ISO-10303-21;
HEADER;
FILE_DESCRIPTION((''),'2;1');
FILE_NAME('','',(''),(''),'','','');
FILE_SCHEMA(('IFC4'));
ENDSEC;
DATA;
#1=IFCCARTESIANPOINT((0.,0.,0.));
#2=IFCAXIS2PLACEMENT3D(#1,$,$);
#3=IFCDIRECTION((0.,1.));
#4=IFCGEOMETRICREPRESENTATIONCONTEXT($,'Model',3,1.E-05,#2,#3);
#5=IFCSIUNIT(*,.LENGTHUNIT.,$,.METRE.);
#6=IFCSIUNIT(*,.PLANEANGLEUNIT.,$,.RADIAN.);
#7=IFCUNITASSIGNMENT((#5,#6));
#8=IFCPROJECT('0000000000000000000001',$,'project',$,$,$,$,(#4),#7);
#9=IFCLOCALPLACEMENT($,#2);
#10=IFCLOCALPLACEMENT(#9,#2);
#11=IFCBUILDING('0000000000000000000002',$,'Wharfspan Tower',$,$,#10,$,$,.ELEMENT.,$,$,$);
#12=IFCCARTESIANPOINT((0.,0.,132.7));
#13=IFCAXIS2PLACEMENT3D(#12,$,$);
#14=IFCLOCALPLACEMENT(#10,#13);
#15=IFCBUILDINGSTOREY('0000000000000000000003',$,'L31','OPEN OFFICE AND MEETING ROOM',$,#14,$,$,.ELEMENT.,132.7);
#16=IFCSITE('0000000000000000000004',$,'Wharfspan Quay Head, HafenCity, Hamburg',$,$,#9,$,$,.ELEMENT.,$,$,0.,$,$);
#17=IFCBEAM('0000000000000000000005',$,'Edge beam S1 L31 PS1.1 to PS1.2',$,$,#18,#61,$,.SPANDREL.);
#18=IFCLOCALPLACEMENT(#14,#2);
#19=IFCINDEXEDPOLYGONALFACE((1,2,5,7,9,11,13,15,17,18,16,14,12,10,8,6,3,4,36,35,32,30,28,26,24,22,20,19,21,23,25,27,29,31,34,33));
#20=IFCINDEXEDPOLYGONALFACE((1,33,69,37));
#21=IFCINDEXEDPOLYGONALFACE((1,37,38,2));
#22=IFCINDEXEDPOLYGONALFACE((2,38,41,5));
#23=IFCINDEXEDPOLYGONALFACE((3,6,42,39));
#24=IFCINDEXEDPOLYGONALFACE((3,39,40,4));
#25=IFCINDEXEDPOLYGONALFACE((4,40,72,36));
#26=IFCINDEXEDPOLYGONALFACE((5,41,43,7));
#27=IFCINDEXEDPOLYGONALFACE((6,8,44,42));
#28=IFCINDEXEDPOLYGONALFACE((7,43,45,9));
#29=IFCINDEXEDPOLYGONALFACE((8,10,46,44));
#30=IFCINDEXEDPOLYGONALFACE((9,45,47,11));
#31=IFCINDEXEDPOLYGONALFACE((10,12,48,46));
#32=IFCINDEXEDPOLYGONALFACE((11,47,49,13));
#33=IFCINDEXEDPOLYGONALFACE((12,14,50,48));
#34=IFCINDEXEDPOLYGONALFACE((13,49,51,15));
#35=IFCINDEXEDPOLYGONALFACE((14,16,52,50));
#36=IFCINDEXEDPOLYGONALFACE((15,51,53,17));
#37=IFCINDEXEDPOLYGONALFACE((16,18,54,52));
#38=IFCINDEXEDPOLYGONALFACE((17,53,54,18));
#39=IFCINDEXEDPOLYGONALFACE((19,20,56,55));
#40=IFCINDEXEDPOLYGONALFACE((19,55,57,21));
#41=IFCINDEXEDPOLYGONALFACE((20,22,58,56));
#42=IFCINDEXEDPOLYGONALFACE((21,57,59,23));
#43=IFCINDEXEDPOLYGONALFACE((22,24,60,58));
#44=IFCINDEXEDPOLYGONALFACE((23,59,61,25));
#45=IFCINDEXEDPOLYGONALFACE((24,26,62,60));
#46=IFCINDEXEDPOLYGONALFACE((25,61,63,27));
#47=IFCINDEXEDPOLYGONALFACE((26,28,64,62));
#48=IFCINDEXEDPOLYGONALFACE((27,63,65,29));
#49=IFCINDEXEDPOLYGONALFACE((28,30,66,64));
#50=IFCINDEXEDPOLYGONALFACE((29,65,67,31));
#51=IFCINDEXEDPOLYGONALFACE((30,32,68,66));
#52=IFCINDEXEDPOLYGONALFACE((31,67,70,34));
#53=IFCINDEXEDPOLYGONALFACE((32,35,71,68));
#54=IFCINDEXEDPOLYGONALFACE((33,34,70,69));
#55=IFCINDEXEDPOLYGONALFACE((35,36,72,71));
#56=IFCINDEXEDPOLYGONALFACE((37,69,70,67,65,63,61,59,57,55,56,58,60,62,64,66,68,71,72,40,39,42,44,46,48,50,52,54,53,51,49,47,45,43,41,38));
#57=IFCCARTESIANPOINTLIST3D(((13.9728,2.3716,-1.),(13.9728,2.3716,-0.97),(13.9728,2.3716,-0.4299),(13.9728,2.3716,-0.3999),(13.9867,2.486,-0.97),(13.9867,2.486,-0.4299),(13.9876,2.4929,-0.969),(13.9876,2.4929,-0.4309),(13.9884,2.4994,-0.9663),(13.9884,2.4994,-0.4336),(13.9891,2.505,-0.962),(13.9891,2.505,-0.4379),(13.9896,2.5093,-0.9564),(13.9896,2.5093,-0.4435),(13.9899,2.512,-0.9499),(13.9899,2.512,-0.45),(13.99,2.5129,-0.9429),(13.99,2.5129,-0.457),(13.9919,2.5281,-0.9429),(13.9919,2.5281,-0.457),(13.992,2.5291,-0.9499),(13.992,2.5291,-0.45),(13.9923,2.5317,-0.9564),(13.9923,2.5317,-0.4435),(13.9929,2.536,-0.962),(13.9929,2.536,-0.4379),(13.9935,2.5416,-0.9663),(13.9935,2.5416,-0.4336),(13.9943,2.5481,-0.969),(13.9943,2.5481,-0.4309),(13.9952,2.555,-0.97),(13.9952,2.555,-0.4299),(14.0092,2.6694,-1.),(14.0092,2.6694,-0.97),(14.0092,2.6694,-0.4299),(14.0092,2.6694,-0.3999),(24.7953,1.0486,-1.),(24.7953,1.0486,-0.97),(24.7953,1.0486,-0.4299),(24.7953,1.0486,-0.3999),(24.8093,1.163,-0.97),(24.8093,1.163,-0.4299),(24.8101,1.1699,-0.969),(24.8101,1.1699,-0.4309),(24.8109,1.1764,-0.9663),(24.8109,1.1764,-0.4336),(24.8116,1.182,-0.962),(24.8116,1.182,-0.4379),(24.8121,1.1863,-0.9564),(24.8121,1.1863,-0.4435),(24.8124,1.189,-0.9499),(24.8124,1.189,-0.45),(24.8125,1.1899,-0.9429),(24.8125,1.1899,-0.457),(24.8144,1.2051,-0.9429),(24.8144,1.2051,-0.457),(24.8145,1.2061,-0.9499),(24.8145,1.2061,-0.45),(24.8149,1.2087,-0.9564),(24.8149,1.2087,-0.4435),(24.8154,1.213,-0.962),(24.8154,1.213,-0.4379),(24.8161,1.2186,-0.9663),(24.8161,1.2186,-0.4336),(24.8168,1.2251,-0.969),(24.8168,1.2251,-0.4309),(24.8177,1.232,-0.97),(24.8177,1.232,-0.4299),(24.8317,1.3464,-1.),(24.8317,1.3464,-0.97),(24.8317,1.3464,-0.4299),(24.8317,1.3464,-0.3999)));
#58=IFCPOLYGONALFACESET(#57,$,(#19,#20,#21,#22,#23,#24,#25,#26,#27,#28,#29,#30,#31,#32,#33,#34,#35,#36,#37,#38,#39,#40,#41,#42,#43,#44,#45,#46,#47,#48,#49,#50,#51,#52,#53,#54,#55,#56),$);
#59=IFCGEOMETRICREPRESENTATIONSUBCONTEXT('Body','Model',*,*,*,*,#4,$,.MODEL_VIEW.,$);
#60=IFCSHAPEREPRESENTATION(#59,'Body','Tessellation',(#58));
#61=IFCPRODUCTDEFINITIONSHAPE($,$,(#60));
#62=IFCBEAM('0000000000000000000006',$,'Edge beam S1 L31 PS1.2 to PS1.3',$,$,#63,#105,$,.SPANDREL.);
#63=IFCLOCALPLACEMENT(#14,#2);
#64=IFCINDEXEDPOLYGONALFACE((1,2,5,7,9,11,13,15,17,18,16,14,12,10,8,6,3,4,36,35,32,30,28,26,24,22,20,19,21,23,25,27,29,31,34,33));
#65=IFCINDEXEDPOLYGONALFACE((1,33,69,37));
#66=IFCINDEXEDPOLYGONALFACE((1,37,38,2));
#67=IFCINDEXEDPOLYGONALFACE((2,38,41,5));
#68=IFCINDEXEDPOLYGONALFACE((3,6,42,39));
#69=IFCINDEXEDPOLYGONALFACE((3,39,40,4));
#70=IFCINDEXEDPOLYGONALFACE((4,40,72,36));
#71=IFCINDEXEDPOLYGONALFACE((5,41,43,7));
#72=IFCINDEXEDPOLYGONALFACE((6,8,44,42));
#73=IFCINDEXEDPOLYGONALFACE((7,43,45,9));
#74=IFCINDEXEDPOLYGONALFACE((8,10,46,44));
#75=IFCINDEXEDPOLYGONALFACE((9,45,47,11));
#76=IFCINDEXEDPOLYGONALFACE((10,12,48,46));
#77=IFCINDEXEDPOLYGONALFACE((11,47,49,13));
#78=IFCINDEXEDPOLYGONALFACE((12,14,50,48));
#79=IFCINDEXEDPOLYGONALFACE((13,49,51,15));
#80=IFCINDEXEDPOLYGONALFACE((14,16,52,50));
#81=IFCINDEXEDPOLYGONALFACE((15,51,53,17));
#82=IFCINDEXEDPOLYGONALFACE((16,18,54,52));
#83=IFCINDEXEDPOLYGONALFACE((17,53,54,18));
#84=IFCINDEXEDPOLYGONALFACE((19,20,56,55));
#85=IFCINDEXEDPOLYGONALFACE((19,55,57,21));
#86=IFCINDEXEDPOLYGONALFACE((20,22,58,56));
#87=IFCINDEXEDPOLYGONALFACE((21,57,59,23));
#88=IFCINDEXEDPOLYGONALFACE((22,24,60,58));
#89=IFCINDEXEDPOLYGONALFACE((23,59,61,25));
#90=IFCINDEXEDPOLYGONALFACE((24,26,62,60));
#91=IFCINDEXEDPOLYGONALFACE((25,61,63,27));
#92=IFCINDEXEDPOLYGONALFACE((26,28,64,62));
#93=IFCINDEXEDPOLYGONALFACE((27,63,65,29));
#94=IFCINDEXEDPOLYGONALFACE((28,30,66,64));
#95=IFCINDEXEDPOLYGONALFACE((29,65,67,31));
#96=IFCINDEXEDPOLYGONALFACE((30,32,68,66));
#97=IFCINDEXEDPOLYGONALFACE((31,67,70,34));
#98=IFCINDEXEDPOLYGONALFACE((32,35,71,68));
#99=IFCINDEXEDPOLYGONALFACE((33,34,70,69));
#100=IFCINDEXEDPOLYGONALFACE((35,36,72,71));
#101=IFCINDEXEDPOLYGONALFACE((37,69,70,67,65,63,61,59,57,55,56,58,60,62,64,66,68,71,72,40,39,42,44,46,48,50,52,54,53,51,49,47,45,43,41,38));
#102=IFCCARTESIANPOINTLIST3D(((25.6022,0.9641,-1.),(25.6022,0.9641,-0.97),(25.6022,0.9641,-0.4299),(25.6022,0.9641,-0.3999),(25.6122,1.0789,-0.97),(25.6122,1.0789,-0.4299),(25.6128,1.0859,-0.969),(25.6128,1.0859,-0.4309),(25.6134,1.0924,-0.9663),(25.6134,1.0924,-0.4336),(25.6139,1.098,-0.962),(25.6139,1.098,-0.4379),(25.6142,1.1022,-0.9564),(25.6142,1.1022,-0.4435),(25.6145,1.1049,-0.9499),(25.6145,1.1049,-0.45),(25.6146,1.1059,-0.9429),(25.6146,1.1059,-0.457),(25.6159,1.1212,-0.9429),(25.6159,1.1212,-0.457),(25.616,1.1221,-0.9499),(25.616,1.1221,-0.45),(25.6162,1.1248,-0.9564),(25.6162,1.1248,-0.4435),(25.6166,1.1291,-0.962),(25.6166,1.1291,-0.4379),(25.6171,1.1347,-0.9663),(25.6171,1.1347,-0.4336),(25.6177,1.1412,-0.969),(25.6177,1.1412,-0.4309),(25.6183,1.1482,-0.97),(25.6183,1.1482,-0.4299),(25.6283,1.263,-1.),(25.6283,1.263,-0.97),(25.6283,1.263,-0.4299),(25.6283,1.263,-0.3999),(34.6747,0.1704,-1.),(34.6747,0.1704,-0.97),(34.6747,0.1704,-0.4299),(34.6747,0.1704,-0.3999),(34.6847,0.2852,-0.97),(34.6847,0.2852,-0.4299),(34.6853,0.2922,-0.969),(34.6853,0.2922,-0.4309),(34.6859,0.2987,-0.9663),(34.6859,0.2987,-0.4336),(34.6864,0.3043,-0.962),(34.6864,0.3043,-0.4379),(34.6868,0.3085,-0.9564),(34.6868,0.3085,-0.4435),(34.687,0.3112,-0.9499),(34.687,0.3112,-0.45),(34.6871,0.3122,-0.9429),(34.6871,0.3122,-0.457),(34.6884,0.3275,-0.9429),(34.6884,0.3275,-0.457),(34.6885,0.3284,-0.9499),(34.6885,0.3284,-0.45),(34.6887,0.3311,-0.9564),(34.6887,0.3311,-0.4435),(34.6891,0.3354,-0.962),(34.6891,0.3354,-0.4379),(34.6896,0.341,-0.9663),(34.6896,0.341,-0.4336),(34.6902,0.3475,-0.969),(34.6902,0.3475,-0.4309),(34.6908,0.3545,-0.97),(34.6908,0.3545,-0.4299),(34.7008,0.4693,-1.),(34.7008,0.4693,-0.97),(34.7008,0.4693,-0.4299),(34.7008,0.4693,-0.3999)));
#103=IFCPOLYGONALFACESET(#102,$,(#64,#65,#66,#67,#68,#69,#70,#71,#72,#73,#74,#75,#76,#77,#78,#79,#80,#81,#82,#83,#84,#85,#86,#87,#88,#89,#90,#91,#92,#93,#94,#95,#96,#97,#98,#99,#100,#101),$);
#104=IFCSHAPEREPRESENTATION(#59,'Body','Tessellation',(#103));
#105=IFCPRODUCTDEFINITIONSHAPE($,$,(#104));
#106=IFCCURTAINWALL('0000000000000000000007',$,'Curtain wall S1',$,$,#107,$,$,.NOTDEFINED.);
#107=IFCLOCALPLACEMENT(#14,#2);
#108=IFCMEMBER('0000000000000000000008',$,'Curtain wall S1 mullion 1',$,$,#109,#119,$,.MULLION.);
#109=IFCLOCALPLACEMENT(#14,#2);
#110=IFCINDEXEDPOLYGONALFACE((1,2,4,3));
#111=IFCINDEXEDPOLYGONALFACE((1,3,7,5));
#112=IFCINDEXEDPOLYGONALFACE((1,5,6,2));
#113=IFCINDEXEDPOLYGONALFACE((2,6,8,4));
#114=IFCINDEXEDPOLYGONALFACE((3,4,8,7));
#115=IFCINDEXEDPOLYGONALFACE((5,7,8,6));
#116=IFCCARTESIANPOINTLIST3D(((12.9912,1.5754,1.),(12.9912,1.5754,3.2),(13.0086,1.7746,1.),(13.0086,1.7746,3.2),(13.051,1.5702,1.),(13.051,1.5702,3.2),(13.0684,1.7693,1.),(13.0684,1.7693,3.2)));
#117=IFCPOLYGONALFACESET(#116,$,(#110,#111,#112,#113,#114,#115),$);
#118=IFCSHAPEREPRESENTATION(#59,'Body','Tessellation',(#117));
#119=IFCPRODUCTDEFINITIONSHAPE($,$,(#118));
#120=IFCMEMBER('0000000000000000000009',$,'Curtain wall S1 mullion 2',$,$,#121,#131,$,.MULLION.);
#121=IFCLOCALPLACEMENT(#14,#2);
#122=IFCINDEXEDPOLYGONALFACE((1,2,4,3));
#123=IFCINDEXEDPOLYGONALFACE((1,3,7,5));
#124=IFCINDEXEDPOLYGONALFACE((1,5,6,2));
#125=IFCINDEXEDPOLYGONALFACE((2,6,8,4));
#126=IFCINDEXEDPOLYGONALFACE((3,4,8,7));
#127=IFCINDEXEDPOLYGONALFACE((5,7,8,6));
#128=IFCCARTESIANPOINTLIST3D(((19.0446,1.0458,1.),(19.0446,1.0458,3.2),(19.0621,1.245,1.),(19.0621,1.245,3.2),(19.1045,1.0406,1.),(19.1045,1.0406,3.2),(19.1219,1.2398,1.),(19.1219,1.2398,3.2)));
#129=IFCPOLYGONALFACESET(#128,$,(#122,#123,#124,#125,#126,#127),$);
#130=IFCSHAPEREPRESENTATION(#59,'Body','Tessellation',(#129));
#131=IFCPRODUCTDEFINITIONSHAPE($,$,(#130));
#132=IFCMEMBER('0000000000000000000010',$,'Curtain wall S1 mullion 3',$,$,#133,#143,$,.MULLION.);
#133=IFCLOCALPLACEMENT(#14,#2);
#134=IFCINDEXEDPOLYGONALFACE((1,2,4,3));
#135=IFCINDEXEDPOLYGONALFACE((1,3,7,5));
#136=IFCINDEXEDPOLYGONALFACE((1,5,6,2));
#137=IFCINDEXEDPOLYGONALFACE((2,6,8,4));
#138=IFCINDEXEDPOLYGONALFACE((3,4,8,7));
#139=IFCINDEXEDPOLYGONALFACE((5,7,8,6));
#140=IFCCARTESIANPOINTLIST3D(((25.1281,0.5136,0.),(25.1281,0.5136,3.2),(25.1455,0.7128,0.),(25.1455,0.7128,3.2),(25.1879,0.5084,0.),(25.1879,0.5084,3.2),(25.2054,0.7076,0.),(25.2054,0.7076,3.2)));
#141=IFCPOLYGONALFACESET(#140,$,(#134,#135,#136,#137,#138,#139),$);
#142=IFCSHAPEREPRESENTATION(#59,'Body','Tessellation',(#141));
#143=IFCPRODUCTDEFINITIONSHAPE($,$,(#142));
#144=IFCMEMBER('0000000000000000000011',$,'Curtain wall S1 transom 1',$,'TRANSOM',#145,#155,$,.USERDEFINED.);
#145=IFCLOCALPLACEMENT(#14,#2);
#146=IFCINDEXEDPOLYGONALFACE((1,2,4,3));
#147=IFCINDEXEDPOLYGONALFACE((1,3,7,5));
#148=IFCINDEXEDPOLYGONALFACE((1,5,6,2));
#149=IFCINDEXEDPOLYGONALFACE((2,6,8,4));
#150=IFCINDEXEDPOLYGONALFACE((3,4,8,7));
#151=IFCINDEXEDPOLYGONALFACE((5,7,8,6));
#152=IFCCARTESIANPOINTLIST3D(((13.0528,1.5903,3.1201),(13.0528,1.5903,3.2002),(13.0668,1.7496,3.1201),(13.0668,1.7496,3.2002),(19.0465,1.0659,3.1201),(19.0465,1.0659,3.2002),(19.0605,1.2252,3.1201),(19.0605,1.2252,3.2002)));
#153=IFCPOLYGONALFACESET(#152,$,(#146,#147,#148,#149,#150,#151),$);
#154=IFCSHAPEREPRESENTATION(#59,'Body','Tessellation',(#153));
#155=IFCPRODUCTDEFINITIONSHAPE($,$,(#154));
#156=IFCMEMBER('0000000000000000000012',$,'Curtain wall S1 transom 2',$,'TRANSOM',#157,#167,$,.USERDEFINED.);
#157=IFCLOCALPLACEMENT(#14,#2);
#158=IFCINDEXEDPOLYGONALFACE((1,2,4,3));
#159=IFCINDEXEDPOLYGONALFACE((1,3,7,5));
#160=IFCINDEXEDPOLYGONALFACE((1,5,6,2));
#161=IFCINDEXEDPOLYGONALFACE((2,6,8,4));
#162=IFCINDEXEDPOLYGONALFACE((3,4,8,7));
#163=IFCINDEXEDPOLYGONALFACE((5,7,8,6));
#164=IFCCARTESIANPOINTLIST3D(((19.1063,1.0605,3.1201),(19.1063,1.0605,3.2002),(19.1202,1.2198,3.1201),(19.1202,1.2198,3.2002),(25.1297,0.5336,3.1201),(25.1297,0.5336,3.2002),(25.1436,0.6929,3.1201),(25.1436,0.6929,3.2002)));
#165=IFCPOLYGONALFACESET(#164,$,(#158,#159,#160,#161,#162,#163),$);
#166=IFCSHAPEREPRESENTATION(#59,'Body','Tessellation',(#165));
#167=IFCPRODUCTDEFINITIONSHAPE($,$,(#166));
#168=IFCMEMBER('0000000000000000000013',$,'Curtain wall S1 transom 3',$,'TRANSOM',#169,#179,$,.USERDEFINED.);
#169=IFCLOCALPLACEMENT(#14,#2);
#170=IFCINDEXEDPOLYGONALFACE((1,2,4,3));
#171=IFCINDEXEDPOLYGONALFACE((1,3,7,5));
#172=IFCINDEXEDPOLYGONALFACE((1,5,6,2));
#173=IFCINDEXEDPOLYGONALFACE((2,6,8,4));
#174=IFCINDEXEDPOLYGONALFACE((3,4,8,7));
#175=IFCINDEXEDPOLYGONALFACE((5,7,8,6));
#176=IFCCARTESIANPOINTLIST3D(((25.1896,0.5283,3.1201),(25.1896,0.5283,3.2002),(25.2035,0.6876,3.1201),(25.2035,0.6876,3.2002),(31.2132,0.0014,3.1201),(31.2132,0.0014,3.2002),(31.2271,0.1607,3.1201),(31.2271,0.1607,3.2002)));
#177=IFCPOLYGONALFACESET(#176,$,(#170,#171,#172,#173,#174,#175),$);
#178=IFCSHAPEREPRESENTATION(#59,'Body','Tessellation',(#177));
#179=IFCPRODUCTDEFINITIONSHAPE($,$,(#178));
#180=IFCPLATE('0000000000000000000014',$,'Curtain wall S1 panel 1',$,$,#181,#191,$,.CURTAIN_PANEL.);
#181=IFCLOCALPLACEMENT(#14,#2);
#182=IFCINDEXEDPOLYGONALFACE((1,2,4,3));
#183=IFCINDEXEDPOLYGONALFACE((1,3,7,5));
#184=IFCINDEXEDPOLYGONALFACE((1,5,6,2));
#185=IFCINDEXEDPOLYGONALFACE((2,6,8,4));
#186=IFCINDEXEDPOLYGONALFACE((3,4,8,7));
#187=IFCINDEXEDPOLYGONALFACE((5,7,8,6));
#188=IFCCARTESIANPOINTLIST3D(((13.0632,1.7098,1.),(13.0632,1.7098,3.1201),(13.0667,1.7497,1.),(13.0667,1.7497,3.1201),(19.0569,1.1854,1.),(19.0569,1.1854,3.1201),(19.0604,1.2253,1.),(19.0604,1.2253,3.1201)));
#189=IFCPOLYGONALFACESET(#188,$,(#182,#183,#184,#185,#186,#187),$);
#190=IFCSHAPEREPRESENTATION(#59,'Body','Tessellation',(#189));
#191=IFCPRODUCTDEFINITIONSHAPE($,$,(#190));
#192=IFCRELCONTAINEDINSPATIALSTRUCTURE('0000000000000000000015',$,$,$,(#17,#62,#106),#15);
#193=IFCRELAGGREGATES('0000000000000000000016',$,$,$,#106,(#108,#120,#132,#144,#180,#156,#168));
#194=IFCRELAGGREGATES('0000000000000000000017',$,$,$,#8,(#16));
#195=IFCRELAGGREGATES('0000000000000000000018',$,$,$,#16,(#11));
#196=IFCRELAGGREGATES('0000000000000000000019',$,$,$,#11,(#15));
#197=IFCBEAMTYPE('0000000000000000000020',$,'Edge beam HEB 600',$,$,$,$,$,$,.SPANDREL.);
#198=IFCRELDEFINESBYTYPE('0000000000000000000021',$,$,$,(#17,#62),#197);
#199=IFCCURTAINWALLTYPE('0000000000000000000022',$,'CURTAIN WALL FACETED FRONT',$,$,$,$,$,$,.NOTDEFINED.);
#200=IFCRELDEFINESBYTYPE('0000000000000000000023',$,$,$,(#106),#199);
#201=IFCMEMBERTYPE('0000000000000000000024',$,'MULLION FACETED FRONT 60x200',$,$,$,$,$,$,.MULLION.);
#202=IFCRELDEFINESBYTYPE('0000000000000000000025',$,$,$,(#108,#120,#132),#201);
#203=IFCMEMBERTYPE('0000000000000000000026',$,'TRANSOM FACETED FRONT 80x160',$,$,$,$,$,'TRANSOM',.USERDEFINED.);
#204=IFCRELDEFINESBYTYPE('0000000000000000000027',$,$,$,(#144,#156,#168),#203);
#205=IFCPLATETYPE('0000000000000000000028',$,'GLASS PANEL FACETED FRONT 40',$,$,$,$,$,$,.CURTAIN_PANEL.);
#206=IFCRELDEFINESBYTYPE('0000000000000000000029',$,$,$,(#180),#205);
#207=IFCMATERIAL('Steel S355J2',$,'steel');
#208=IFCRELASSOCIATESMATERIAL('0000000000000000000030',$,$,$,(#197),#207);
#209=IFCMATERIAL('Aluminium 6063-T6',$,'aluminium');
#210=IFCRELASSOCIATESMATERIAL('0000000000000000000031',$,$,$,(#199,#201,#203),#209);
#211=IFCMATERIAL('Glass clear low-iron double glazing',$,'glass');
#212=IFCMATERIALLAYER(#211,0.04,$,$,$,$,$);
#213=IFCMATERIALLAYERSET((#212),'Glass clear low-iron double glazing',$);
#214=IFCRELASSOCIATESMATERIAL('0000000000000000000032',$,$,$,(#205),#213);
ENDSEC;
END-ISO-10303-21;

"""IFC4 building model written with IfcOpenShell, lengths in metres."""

from ifc_helpers import new_model, si_unit, direction, frame, origin, origin_2d, place, context, subcontext, project, spatial, rectangle, i_section, extrude, material, layer, layer_set, material_profile, profile_set, type_object, element, aggregate, save


model = new_model("IFC4")

# Units and contexts
model_context = context("Model", 3, precision=1e-05, world=origin(), true_north=direction((0.0, 1.0)))
body_context = subcontext(model_context, "Body", "Model", "MODEL_VIEW")
ifc_project = project(units=[si_unit("LENGTHUNIT", "METRE"), si_unit("PLANEANGLEUNIT", "RADIAN")], contexts=[model_context])

# Site, building, storey
site_placement = place(None, origin())
site = spatial("IfcSite", under=ifc_project, at=site_placement, Name="Wharfspan Quay Head, HafenCity, Hamburg", CompositionType="ELEMENT", RefElevation=0.0)
building_placement = place(site_placement, origin())
building = spatial("IfcBuilding", under=site, at=building_placement, Name="Wharfspan Tower", CompositionType="ELEMENT")
storey_placement = place(building_placement, frame((0.0, 0.0, 132.7)))
storey = spatial("IfcBuildingStorey", under=building, at=storey_placement, Name="L31", Description="OPEN OFFICE AND MEETING ROOM", CompositionType="ELEMENT", Elevation=132.7)

# Shared definitions
ifc_material_1 = material(Name="Steel S355J2", Category="steel")

# Beams
ifc_material_profile_1 = material_profile(ifc_material_1, i_section(OverallWidth=0.3, OverallDepth=0.6001, WebThickness=0.0154, FlangeThickness=0.03, FilletRadius=0.0271, at=origin_2d()))
ifc_profile_set_1 = profile_set([ifc_material_profile_1], Name="Steel S355J2")
beam_type = type_object("IfcBeamType", Name="Edge beam HEB 600", PredefinedType="SPANDREL", material=ifc_profile_set_1)
beam_1_placement = place(storey_placement, frame((13.991, 2.5205, -0.7), z_axis=(0.992611, -0.121342, 0.0), x_axis=(0.121342, 0.992611, 0.0)))
element("IfcBeam", 1, at=beam_1_placement, inside=storey, type_object=beam_type, Name="Edge beam S1 L31 PS1.1 to PS1.2", PredefinedType="SPANDREL", context=body_context, shape_type="SweptSolid", body=[
    extrude(i_section(OverallWidth=0.3, OverallDepth=0.6001, WebThickness=0.0154, FlangeThickness=0.03, FilletRadius=0.0271, at=origin_2d()), origin(), (0.0, 0.0, 1.0), 10.9031),
])
beam_2_placement = place(storey_placement, frame((25.6152, 1.1135, -0.7), z_axis=(0.996195, -0.087151, 0.0), x_axis=(0.087151, 0.996195, 0.0)))
element("IfcBeam", 2, at=beam_2_placement, inside=storey, type_object=beam_type, Name="Edge beam S1 L31 PS1.2 to PS1.3", PredefinedType="SPANDREL", context=body_context, shape_type="SweptSolid", body=[
    extrude(i_section(OverallWidth=0.3, OverallDepth=0.6001, WebThickness=0.0154, FlangeThickness=0.03, FilletRadius=0.0271, at=origin_2d()), origin(), (0.0, 0.0, 1.0), 9.1072),
])

# Curtain wall, members, plate
ifc_material_2 = material(Name="Aluminium 6063-T6", Category="aluminium")
curtain_wall_type_1 = type_object("IfcCurtainWallType", Name="CURTAIN WALL FACETED FRONT", PredefinedType="NOTDEFINED", material=ifc_material_2)
curtain_wall_1_placement = place(storey_placement, origin())
curtain_wall_1 = element("IfcCurtainWall", 3, at=curtain_wall_1_placement, inside=storey, type_object=curtain_wall_type_1, Name="Curtain wall S1", PredefinedType="NOTDEFINED")
ifc_material_profile_2 = material_profile(ifc_material_2, rectangle(XDim=0.2, YDim=0.0601, at=origin_2d()))
ifc_profile_set_2 = profile_set([ifc_material_profile_2], Name="Aluminium 6063-T6")
member_type_1 = type_object("IfcMemberType", Name="MULLION FACETED FRONT 60x200", PredefinedType="MULLION", material=ifc_profile_set_2)
member_1_placement = place(storey_placement, frame((13.0298, 1.6724, 1.0), z_axis=(0.0, 0.0, 1.0), x_axis=(0.087156, 0.996198, 0.0)))
member_1 = element("IfcMember", 4, at=member_1_placement, type_object=member_type_1, Name="Curtain wall S1 mullion 1", PredefinedType="MULLION", context=body_context, shape_type="SweptSolid", body=[
    extrude(rectangle(XDim=0.2, YDim=0.0601, at=origin_2d()), origin(), (0.0, 0.0, 1.0), 2.2),
])
member_2_placement = place(storey_placement, frame((19.0833, 1.1428, 1.0), z_axis=(0.0, 0.0, 1.0), x_axis=(0.087156, 0.996198, 0.0)))
member_2 = element("IfcMember", 5, at=member_2_placement, type_object=member_type_1, Name="Curtain wall S1 mullion 2", PredefinedType="MULLION", context=body_context, shape_type="SweptSolid", body=[
    extrude(rectangle(XDim=0.2, YDim=0.0601, at=origin_2d()), origin(), (0.0, 0.0, 1.0), 2.2),
])
member_3_placement = place(storey_placement, frame((25.1667, 0.6106, 0.0), z_axis=(0.0, 0.0, 1.0), x_axis=(0.087156, 0.996198, 0.0)))
member_3 = element("IfcMember", 6, at=member_3_placement, type_object=member_type_1, Name="Curtain wall S1 mullion 3", PredefinedType="MULLION", context=body_context, shape_type="SweptSolid", body=[
    extrude(rectangle(XDim=0.2, YDim=0.0601, at=origin_2d()), origin(), (0.0, 0.0, 1.0), 3.2),
])
ifc_material_profile_3 = material_profile(ifc_material_2, rectangle(XDim=0.1599, YDim=0.0801, at=origin_2d()))
ifc_profile_set_3 = profile_set([ifc_material_profile_3], Name="Aluminium 6063-T6")
member_type_2 = type_object("IfcMemberType", Name="TRANSOM FACETED FRONT 80x160", ElementType="TRANSOM", PredefinedType="USERDEFINED", material=ifc_profile_set_3)
member_4_placement = place(storey_placement, frame((13.0598, 1.6699, 3.1602), z_axis=(0.996194, -0.087162, 0.0), x_axis=(0.087162, 0.996194, 0.0)))
member_4 = element("IfcMember", 7, at=member_4_placement, type_object=member_type_2, Name="Curtain wall S1 transom 1", ObjectType="TRANSOM", PredefinedType="USERDEFINED", context=body_context, shape_type="SweptSolid", body=[
    extrude(rectangle(XDim=0.1599, YDim=0.0801, at=origin_2d()), origin(), (0.0, 0.0, 1.0), 6.0166),
])
member_5_placement = place(storey_placement, frame((19.1133, 1.1401, 3.1602), z_axis=(0.996197, -0.087135, 0.0), x_axis=(0.087135, 0.996197, 0.0)))
member_5 = element("IfcMember", 8, at=member_5_placement, type_object=member_type_2, Name="Curtain wall S1 transom 2", ObjectType="TRANSOM", PredefinedType="USERDEFINED", context=body_context, shape_type="SweptSolid", body=[
    extrude(rectangle(XDim=0.1599, YDim=0.0801, at=origin_2d()), origin(), (0.0, 0.0, 1.0), 6.0464),
])
member_6_placement = place(storey_placement, frame((25.1965, 0.6079, 3.1602), z_axis=(0.996197, -0.087131, 0.0), x_axis=(0.087131, 0.996197, 0.0)))
member_6 = element("IfcMember", 9, at=member_6_placement, type_object=member_type_2, Name="Curtain wall S1 transom 3", ObjectType="TRANSOM", PredefinedType="USERDEFINED", context=body_context, shape_type="SweptSolid", body=[
    extrude(rectangle(XDim=0.1599, YDim=0.0801, at=origin_2d()), origin(), (0.0, 0.0, 1.0), 6.0466),
])
ifc_material_3 = material(Name="Glass clear low-iron double glazing", Category="glass")
ifc_layer_1 = layer(ifc_material_3, 0.04)
ifc_layer_set_1 = layer_set([ifc_layer_1], Name="Glass clear low-iron double glazing")
plate_type_1 = type_object("IfcPlateType", Name="GLASS PANEL FACETED FRONT 40", PredefinedType="CURTAIN_PANEL", material=ifc_layer_set_1)
plate_1_placement = place(storey_placement, frame((16.0618, 1.4675, 1.0), z_axis=(0.0, 0.0, 1.0), x_axis=(0.996198, -0.087156, 0.0)))
plate_1 = element("IfcPlate", 10, at=plate_1_placement, type_object=plate_type_1, Name="Curtain wall S1 panel 1", PredefinedType="CURTAIN_PANEL", context=body_context, shape_type="SweptSolid", body=[
    extrude(rectangle(XDim=6.0166, YDim=0.04, at=origin_2d()), origin(), (0.0, 0.0, 1.0), 2.1201),
])
aggregate(curtain_wall_1, [member_1, member_2, member_3, member_4, plate_1, member_5, member_6])

save(model, "model.ifc")
